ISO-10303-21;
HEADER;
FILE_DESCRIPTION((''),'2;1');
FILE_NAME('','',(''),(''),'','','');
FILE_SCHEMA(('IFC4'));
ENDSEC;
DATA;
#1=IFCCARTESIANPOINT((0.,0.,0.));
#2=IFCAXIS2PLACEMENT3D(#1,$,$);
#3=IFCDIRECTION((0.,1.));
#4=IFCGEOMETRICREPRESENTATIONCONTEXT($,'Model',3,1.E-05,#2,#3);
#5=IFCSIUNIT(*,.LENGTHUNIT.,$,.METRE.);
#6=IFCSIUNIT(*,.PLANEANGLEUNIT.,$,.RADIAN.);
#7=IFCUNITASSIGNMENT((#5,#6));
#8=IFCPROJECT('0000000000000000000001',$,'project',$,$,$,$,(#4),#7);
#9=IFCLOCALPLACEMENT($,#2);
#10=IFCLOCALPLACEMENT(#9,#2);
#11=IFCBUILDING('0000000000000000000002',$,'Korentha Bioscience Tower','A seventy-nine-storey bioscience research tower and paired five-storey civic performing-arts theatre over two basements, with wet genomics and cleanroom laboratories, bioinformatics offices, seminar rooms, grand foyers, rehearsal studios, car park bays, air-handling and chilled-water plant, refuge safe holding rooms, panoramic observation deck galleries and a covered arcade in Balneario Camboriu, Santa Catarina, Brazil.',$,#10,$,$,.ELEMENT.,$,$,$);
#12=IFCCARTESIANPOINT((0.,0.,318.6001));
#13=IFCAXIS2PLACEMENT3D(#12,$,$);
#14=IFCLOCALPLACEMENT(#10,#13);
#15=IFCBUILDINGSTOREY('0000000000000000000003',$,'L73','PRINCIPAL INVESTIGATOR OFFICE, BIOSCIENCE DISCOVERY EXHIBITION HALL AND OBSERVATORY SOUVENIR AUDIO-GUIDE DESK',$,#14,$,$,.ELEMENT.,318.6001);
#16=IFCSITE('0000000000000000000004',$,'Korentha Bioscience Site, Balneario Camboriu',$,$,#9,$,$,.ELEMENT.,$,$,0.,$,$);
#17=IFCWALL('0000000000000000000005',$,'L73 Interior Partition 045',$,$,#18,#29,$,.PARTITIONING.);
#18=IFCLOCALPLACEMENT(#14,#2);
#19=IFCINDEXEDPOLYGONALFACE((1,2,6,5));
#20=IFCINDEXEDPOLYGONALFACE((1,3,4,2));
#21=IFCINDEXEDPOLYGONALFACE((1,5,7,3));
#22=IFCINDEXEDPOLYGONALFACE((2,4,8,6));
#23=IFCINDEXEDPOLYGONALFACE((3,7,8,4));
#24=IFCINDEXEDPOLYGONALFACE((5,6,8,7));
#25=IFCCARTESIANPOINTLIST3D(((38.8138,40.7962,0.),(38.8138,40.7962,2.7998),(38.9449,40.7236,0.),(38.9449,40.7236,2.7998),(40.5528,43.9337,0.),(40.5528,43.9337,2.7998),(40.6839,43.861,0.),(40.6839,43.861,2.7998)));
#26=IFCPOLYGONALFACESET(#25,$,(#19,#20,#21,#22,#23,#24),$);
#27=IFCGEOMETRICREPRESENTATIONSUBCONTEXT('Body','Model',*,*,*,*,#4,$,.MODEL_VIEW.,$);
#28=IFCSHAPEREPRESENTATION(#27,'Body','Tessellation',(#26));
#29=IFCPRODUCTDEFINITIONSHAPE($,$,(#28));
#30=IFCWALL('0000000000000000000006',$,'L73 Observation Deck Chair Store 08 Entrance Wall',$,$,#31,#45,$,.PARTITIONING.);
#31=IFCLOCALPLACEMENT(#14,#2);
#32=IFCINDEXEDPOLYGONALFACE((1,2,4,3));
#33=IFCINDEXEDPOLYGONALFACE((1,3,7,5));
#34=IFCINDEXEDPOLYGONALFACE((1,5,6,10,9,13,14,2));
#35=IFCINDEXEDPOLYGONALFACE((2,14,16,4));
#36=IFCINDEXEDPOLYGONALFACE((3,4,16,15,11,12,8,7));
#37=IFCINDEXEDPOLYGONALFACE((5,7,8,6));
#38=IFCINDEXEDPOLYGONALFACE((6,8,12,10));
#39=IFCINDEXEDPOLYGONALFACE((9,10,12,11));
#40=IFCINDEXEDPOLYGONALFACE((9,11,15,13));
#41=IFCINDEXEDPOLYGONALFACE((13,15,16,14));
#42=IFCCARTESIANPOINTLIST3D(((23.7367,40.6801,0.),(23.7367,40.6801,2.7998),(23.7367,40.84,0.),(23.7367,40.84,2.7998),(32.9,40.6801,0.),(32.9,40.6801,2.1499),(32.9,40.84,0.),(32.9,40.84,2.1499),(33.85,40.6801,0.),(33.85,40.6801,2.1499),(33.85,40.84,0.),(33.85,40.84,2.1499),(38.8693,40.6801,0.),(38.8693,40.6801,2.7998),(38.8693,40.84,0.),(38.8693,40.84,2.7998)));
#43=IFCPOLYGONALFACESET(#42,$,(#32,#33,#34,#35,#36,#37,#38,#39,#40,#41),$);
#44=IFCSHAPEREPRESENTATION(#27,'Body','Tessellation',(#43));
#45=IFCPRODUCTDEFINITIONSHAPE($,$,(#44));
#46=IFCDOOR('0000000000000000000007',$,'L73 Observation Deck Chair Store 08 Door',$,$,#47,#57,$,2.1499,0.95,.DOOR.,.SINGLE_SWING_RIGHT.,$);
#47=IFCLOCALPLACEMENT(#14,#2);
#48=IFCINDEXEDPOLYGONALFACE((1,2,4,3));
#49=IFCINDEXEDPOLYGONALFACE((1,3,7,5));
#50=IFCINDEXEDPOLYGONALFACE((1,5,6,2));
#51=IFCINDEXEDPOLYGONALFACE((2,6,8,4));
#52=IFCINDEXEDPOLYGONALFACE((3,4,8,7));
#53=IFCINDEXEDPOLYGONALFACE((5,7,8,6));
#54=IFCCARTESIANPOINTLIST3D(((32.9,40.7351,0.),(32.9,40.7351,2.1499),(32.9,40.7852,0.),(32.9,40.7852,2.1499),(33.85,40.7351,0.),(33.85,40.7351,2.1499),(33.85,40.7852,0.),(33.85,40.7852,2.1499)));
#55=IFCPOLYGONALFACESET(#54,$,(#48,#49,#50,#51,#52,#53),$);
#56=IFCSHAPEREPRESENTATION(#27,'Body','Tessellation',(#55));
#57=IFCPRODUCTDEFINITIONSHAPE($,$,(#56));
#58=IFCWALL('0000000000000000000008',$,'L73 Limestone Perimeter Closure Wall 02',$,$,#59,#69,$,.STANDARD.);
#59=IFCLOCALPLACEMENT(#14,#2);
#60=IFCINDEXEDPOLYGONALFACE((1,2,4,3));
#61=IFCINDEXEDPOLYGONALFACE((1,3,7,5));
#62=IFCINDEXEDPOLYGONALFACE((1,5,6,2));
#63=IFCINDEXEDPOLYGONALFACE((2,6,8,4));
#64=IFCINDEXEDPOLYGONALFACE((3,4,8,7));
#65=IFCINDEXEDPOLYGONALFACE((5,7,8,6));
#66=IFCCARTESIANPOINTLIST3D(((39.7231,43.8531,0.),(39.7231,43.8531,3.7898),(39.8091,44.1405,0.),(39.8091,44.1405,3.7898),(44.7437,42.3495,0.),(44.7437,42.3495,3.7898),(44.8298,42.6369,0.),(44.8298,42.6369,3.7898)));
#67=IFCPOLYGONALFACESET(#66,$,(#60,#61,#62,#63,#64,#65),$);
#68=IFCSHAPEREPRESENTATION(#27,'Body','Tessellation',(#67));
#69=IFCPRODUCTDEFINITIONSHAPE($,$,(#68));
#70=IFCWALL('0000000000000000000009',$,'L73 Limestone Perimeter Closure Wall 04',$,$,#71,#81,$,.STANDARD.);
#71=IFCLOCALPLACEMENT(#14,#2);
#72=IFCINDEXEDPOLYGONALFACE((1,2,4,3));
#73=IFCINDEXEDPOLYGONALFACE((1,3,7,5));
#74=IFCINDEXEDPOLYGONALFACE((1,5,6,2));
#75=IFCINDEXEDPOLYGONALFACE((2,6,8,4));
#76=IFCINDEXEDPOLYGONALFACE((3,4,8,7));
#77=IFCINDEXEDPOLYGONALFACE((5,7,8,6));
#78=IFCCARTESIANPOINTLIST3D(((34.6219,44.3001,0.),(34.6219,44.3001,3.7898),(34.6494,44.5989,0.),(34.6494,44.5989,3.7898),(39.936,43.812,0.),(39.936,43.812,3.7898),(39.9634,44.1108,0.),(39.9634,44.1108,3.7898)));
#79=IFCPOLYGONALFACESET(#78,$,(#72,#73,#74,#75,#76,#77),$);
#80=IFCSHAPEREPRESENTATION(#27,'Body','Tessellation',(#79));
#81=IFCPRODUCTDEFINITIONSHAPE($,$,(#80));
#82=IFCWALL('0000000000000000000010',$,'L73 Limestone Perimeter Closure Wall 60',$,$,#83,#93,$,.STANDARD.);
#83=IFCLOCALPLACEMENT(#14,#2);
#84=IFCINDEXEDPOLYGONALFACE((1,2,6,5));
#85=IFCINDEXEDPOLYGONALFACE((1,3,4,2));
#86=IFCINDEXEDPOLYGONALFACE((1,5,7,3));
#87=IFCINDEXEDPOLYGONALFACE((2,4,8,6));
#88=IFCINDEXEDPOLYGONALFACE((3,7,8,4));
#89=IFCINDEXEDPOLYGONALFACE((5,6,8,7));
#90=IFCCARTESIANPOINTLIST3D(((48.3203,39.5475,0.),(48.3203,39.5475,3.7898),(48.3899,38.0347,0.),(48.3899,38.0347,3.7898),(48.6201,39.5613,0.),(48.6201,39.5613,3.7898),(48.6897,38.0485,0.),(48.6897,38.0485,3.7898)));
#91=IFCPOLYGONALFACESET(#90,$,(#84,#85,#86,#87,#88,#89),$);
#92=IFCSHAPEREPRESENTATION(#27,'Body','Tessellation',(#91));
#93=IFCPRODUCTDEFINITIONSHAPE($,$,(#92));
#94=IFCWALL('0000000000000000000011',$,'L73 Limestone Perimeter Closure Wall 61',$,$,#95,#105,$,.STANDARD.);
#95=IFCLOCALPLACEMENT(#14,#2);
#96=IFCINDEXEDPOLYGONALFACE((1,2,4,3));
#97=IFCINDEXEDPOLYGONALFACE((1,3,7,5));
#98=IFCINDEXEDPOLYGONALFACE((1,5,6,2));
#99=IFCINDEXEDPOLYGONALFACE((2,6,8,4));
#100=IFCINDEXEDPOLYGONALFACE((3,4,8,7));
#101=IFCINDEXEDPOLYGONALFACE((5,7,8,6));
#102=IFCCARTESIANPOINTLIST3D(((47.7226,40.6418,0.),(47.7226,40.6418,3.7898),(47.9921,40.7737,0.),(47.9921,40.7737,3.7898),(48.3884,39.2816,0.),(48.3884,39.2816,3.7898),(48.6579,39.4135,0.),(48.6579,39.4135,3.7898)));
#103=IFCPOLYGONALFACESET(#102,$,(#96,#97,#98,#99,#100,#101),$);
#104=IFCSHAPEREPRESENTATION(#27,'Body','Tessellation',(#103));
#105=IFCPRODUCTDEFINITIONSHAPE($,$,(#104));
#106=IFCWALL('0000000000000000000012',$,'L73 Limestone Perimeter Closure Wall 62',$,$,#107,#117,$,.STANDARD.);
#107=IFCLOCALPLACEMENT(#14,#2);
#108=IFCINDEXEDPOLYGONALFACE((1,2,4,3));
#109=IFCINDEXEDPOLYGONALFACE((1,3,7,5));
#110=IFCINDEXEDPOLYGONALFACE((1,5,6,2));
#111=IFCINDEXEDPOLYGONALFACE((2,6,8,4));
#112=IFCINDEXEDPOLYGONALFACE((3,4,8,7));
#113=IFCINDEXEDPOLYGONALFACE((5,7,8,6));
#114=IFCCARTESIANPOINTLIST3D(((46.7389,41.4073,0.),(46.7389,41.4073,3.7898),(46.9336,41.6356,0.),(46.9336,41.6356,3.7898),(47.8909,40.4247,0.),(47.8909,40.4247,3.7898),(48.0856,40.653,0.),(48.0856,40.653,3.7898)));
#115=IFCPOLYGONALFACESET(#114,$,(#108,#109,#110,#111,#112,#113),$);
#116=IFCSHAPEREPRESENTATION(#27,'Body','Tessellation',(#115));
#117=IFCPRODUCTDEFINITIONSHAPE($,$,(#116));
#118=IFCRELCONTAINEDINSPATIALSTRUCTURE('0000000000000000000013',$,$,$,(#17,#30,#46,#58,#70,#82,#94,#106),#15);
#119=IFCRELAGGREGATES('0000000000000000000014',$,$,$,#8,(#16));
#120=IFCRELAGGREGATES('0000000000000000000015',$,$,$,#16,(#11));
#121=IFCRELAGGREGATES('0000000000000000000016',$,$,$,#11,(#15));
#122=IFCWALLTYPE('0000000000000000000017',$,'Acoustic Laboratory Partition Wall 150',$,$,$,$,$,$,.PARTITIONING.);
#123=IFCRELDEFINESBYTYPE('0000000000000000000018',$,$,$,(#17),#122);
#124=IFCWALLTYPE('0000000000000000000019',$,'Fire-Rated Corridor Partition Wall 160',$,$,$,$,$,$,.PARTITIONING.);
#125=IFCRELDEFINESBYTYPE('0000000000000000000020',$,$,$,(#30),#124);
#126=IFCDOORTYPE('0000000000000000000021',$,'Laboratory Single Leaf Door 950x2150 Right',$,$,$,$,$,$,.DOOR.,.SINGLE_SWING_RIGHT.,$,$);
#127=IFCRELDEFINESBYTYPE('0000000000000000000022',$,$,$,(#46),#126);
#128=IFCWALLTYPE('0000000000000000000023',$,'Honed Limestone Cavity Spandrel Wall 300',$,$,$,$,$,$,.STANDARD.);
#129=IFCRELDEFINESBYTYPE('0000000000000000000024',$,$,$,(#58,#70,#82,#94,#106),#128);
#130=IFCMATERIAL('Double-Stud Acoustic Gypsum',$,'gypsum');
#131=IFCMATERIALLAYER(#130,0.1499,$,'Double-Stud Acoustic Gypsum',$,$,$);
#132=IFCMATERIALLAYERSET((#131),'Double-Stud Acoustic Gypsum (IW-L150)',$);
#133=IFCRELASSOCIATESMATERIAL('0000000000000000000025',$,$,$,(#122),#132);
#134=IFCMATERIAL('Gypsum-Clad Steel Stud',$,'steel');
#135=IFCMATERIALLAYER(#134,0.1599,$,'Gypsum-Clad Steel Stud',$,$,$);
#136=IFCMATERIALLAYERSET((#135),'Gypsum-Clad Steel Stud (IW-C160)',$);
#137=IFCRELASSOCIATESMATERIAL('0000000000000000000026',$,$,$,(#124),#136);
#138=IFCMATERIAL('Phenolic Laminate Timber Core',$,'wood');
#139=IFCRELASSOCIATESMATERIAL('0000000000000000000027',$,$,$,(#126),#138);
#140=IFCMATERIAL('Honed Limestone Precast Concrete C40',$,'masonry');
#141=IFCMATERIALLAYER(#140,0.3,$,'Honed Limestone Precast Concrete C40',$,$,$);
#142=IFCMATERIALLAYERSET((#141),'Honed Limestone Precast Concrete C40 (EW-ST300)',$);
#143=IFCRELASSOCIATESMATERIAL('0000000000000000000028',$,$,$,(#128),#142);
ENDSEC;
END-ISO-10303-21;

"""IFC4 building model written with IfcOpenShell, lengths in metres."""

from ifc_helpers import new_model, si_unit, direction, frame, frame_2d, origin, place, context, subcontext, project, spatial, rectangle, extrude, material, layer, layer_set, type_object, element, fill, save


model = new_model("IFC4")

# Units and contexts
model_context = context("Model", 3, precision=1e-05, world=origin(), true_north=direction((0.0, 1.0)))
body_context = subcontext(model_context, "Body", "Model", "MODEL_VIEW")
ifc_project = project(units=[si_unit("LENGTHUNIT", "METRE"), si_unit("PLANEANGLEUNIT", "RADIAN")], contexts=[model_context])

# Site, building, storey
site_placement = place(None, origin())
site = spatial("IfcSite", under=ifc_project, at=site_placement, Name="Korentha Bioscience Site, Balneario Camboriu", CompositionType="ELEMENT", RefElevation=0.0)
building_placement = place(site_placement, origin())
building = spatial("IfcBuilding", under=site, at=building_placement, Name="Korentha Bioscience Tower", Description="A seventy-nine-storey bioscience research tower and paired five-storey civic performing-arts theatre over two basements, with wet genomics and cleanroom laboratories, bioinformatics offices, seminar rooms, grand foyers, rehearsal studios, car park bays, air-handling and chilled-water plant, refuge safe holding rooms, panoramic observation deck galleries and a covered arcade in Balneario Camboriu, Santa Catarina, Brazil.", CompositionType="ELEMENT")
storey_placement = place(building_placement, frame((0.0, 0.0, 318.6001)))
storey = spatial("IfcBuildingStorey", under=building, at=storey_placement, Name="L73", Description="PRINCIPAL INVESTIGATOR OFFICE, BIOSCIENCE DISCOVERY EXHIBITION HALL AND OBSERVATORY SOUVENIR AUDIO-GUIDE DESK", CompositionType="ELEMENT", Elevation=318.6001)

# Wall
ifc_material_1 = material(Name="Double-Stud Acoustic Gypsum", Category="gypsum")
ifc_layer_1 = layer(ifc_material_1, 0.1499, Name="Double-Stud Acoustic Gypsum")
ifc_layer_set_1 = layer_set([ifc_layer_1], Name="Double-Stud Acoustic Gypsum (IW-L150)")
wall_type_1 = type_object("IfcWallType", Name="Acoustic Laboratory Partition Wall 150", PredefinedType="PARTITIONING", material=ifc_layer_set_1)
wall_1_placement = place(storey_placement, frame((38.8794, 40.76, 0.0), z_axis=(0.0, 0.0, 1.0), x_axis=(0.484787, 0.874632, 0.0)))
element("IfcWall", 1, at=wall_1_placement, inside=storey, type_object=wall_type_1, Name="L73 Interior Partition 045", PredefinedType="PARTITIONING", context=body_context, shape_type="SweptSolid", body=[
    extrude(rectangle(XDim=3.5872, YDim=0.1499, at=frame_2d((1.7935, 0.0))), origin(), (0.0, 0.0, 1.0), 2.7998),
])

# Wall, opening, door
ifc_material_2 = material(Name="Gypsum-Clad Steel Stud", Category="steel")
ifc_layer_2 = layer(ifc_material_2, 0.1599, Name="Gypsum-Clad Steel Stud")
ifc_layer_set_2 = layer_set([ifc_layer_2], Name="Gypsum-Clad Steel Stud (IW-C160)")
wall_type_2 = type_object("IfcWallType", Name="Fire-Rated Corridor Partition Wall 160", PredefinedType="PARTITIONING", material=ifc_layer_set_2)
wall_2_placement = place(storey_placement, frame((38.8694, 40.76, 0.0), z_axis=(0.0, 0.0, 1.0), x_axis=(-1.0, 0.0, 0.0)))
wall_2 = element("IfcWall", 2, at=wall_2_placement, inside=storey, type_object=wall_type_2, Name="L73 Observation Deck Chair Store 08 Entrance Wall", PredefinedType="PARTITIONING", context=body_context, shape_type="SweptSolid", body=[
    extrude(rectangle(XDim=15.1326, YDim=0.1599, at=frame_2d((7.5664, 0.0))), origin(), (0.0, 0.0, 1.0), 2.7998),
])
opening_placement = place(wall_2_placement, frame((5.0193, 0.0, 0.0)))
opening = element("IfcOpeningElement", 3, at=opening_placement, cuts=wall_2, PredefinedType="OPENING", context=body_context, shape_type="SweptSolid", body=[
    extrude(rectangle(XDim=0.95, YDim=2.1499, at=frame_2d((0.4751, 1.075))), frame((0.0, 0.0947, 0.0), z_axis=(0.0, -1.0, 0.0), x_axis=(1.0, 0.0, 0.0)), (0.0, 0.0, 1.0), 0.1897),
])
ifc_material_3 = material(Name="Phenolic Laminate Timber Core", Category="wood")
door_type = type_object("IfcDoorType", Name="Laboratory Single Leaf Door 950x2150 Right", OperationType="SINGLE_SWING_RIGHT", PredefinedType="DOOR", material=ifc_material_3)
door_placement = place(opening_placement, origin())
door = element("IfcDoor", 4, at=door_placement, inside=storey, type_object=door_type, Name="L73 Observation Deck Chair Store 08 Door", OperationType="SINGLE_SWING_RIGHT", OverallHeight=2.1499, OverallWidth=0.95, PredefinedType="DOOR", context=body_context, shape_type="SweptSolid", body=[
    extrude(rectangle(XDim=0.95, YDim=2.1499, at=frame_2d((0.4751, 1.075))), frame((0.0, 0.0249, 0.0), z_axis=(0.0, -1.0, 0.0), x_axis=(1.0, 0.0, 0.0)), (0.0, 0.0, 1.0), 0.05),
])
fill(opening, door)

# Walls
ifc_material_4 = material(Name="Honed Limestone Precast Concrete C40", Category="masonry")
ifc_layer_3 = layer(ifc_material_4, 0.3, Name="Honed Limestone Precast Concrete C40")
ifc_layer_set_3 = layer_set([ifc_layer_3], Name="Honed Limestone Precast Concrete C40 (EW-ST300)")
wall_type_3 = type_object("IfcWallType", Name="Honed Limestone Cavity Spandrel Wall 300", PredefinedType="STANDARD", material=ifc_layer_set_3)
wall_3_placement = place(storey_placement, frame((44.7869, 42.4932, 0.0), z_axis=(0.0, 0.0, 1.0), x_axis=(-0.957961, 0.286899, 0.0)))
element("IfcWall", 5, at=wall_3_placement, inside=storey, type_object=wall_type_3, Name="L73 Limestone Perimeter Closure Wall 02", PredefinedType="STANDARD", context=body_context, shape_type="SweptSolid", body=[
    extrude(rectangle(XDim=5.241, YDim=0.3, at=frame_2d((2.6206, 0.0))), origin(), (0.0, 0.0, 1.0), 3.7898),
])
wall_4_placement = place(storey_placement, frame((39.9497, 43.9614, 0.0), z_axis=(0.0, 0.0, 1.0), x_axis=(-0.995809, 0.091456, 0.0)))
element("IfcWall", 6, at=wall_4_placement, inside=storey, type_object=wall_type_3, Name="L73 Limestone Perimeter Closure Wall 04", PredefinedType="STANDARD", context=body_context, shape_type="SweptSolid", body=[
    extrude(rectangle(XDim=5.3364, YDim=0.3, at=frame_2d((2.6682, 0.0))), origin(), (0.0, 0.0, 1.0), 3.7898),
])
for number, where, z_axis, x_axis, name in (
    (7, (48.5398, 38.0415, 0.0), (0.0, 0.0, 1.0), (-0.045949, 0.998944, 0.0), "L73 Limestone Perimeter Closure Wall 60"),
    (8, (48.5232, 39.3474, 0.0), (0.0, 0.0, 1.0), (-0.439652, 0.898168, 0.0), "L73 Limestone Perimeter Closure Wall 61"),
):
    element("IfcWall", number, at=place(storey_placement, frame(where, z_axis=z_axis, x_axis=x_axis)), inside=storey, type_object=wall_type_3, Name=name, PredefinedType="STANDARD", context=body_context, shape_type="SweptSolid", body=[
        extrude(rectangle(XDim=1.5144, YDim=0.3, at=frame_2d((0.7573, 0.0))), origin(), (0.0, 0.0, 1.0), 3.7898),
    ])
wall_5_placement = place(storey_placement, frame((47.9883, 40.5388, 0.0), z_axis=(0.0, 0.0, 1.0), x_axis=(-0.760836, 0.648944, 0.0)))
element("IfcWall", 9, at=wall_5_placement, inside=storey, type_object=wall_type_3, Name="L73 Limestone Perimeter Closure Wall 62", PredefinedType="STANDARD", context=body_context, shape_type="SweptSolid", body=[
    extrude(rectangle(XDim=1.5142, YDim=0.3, at=frame_2d((0.7571, 0.0))), origin(), (0.0, 0.0, 1.0), 3.7898),
])

save(model, "model.ifc")
